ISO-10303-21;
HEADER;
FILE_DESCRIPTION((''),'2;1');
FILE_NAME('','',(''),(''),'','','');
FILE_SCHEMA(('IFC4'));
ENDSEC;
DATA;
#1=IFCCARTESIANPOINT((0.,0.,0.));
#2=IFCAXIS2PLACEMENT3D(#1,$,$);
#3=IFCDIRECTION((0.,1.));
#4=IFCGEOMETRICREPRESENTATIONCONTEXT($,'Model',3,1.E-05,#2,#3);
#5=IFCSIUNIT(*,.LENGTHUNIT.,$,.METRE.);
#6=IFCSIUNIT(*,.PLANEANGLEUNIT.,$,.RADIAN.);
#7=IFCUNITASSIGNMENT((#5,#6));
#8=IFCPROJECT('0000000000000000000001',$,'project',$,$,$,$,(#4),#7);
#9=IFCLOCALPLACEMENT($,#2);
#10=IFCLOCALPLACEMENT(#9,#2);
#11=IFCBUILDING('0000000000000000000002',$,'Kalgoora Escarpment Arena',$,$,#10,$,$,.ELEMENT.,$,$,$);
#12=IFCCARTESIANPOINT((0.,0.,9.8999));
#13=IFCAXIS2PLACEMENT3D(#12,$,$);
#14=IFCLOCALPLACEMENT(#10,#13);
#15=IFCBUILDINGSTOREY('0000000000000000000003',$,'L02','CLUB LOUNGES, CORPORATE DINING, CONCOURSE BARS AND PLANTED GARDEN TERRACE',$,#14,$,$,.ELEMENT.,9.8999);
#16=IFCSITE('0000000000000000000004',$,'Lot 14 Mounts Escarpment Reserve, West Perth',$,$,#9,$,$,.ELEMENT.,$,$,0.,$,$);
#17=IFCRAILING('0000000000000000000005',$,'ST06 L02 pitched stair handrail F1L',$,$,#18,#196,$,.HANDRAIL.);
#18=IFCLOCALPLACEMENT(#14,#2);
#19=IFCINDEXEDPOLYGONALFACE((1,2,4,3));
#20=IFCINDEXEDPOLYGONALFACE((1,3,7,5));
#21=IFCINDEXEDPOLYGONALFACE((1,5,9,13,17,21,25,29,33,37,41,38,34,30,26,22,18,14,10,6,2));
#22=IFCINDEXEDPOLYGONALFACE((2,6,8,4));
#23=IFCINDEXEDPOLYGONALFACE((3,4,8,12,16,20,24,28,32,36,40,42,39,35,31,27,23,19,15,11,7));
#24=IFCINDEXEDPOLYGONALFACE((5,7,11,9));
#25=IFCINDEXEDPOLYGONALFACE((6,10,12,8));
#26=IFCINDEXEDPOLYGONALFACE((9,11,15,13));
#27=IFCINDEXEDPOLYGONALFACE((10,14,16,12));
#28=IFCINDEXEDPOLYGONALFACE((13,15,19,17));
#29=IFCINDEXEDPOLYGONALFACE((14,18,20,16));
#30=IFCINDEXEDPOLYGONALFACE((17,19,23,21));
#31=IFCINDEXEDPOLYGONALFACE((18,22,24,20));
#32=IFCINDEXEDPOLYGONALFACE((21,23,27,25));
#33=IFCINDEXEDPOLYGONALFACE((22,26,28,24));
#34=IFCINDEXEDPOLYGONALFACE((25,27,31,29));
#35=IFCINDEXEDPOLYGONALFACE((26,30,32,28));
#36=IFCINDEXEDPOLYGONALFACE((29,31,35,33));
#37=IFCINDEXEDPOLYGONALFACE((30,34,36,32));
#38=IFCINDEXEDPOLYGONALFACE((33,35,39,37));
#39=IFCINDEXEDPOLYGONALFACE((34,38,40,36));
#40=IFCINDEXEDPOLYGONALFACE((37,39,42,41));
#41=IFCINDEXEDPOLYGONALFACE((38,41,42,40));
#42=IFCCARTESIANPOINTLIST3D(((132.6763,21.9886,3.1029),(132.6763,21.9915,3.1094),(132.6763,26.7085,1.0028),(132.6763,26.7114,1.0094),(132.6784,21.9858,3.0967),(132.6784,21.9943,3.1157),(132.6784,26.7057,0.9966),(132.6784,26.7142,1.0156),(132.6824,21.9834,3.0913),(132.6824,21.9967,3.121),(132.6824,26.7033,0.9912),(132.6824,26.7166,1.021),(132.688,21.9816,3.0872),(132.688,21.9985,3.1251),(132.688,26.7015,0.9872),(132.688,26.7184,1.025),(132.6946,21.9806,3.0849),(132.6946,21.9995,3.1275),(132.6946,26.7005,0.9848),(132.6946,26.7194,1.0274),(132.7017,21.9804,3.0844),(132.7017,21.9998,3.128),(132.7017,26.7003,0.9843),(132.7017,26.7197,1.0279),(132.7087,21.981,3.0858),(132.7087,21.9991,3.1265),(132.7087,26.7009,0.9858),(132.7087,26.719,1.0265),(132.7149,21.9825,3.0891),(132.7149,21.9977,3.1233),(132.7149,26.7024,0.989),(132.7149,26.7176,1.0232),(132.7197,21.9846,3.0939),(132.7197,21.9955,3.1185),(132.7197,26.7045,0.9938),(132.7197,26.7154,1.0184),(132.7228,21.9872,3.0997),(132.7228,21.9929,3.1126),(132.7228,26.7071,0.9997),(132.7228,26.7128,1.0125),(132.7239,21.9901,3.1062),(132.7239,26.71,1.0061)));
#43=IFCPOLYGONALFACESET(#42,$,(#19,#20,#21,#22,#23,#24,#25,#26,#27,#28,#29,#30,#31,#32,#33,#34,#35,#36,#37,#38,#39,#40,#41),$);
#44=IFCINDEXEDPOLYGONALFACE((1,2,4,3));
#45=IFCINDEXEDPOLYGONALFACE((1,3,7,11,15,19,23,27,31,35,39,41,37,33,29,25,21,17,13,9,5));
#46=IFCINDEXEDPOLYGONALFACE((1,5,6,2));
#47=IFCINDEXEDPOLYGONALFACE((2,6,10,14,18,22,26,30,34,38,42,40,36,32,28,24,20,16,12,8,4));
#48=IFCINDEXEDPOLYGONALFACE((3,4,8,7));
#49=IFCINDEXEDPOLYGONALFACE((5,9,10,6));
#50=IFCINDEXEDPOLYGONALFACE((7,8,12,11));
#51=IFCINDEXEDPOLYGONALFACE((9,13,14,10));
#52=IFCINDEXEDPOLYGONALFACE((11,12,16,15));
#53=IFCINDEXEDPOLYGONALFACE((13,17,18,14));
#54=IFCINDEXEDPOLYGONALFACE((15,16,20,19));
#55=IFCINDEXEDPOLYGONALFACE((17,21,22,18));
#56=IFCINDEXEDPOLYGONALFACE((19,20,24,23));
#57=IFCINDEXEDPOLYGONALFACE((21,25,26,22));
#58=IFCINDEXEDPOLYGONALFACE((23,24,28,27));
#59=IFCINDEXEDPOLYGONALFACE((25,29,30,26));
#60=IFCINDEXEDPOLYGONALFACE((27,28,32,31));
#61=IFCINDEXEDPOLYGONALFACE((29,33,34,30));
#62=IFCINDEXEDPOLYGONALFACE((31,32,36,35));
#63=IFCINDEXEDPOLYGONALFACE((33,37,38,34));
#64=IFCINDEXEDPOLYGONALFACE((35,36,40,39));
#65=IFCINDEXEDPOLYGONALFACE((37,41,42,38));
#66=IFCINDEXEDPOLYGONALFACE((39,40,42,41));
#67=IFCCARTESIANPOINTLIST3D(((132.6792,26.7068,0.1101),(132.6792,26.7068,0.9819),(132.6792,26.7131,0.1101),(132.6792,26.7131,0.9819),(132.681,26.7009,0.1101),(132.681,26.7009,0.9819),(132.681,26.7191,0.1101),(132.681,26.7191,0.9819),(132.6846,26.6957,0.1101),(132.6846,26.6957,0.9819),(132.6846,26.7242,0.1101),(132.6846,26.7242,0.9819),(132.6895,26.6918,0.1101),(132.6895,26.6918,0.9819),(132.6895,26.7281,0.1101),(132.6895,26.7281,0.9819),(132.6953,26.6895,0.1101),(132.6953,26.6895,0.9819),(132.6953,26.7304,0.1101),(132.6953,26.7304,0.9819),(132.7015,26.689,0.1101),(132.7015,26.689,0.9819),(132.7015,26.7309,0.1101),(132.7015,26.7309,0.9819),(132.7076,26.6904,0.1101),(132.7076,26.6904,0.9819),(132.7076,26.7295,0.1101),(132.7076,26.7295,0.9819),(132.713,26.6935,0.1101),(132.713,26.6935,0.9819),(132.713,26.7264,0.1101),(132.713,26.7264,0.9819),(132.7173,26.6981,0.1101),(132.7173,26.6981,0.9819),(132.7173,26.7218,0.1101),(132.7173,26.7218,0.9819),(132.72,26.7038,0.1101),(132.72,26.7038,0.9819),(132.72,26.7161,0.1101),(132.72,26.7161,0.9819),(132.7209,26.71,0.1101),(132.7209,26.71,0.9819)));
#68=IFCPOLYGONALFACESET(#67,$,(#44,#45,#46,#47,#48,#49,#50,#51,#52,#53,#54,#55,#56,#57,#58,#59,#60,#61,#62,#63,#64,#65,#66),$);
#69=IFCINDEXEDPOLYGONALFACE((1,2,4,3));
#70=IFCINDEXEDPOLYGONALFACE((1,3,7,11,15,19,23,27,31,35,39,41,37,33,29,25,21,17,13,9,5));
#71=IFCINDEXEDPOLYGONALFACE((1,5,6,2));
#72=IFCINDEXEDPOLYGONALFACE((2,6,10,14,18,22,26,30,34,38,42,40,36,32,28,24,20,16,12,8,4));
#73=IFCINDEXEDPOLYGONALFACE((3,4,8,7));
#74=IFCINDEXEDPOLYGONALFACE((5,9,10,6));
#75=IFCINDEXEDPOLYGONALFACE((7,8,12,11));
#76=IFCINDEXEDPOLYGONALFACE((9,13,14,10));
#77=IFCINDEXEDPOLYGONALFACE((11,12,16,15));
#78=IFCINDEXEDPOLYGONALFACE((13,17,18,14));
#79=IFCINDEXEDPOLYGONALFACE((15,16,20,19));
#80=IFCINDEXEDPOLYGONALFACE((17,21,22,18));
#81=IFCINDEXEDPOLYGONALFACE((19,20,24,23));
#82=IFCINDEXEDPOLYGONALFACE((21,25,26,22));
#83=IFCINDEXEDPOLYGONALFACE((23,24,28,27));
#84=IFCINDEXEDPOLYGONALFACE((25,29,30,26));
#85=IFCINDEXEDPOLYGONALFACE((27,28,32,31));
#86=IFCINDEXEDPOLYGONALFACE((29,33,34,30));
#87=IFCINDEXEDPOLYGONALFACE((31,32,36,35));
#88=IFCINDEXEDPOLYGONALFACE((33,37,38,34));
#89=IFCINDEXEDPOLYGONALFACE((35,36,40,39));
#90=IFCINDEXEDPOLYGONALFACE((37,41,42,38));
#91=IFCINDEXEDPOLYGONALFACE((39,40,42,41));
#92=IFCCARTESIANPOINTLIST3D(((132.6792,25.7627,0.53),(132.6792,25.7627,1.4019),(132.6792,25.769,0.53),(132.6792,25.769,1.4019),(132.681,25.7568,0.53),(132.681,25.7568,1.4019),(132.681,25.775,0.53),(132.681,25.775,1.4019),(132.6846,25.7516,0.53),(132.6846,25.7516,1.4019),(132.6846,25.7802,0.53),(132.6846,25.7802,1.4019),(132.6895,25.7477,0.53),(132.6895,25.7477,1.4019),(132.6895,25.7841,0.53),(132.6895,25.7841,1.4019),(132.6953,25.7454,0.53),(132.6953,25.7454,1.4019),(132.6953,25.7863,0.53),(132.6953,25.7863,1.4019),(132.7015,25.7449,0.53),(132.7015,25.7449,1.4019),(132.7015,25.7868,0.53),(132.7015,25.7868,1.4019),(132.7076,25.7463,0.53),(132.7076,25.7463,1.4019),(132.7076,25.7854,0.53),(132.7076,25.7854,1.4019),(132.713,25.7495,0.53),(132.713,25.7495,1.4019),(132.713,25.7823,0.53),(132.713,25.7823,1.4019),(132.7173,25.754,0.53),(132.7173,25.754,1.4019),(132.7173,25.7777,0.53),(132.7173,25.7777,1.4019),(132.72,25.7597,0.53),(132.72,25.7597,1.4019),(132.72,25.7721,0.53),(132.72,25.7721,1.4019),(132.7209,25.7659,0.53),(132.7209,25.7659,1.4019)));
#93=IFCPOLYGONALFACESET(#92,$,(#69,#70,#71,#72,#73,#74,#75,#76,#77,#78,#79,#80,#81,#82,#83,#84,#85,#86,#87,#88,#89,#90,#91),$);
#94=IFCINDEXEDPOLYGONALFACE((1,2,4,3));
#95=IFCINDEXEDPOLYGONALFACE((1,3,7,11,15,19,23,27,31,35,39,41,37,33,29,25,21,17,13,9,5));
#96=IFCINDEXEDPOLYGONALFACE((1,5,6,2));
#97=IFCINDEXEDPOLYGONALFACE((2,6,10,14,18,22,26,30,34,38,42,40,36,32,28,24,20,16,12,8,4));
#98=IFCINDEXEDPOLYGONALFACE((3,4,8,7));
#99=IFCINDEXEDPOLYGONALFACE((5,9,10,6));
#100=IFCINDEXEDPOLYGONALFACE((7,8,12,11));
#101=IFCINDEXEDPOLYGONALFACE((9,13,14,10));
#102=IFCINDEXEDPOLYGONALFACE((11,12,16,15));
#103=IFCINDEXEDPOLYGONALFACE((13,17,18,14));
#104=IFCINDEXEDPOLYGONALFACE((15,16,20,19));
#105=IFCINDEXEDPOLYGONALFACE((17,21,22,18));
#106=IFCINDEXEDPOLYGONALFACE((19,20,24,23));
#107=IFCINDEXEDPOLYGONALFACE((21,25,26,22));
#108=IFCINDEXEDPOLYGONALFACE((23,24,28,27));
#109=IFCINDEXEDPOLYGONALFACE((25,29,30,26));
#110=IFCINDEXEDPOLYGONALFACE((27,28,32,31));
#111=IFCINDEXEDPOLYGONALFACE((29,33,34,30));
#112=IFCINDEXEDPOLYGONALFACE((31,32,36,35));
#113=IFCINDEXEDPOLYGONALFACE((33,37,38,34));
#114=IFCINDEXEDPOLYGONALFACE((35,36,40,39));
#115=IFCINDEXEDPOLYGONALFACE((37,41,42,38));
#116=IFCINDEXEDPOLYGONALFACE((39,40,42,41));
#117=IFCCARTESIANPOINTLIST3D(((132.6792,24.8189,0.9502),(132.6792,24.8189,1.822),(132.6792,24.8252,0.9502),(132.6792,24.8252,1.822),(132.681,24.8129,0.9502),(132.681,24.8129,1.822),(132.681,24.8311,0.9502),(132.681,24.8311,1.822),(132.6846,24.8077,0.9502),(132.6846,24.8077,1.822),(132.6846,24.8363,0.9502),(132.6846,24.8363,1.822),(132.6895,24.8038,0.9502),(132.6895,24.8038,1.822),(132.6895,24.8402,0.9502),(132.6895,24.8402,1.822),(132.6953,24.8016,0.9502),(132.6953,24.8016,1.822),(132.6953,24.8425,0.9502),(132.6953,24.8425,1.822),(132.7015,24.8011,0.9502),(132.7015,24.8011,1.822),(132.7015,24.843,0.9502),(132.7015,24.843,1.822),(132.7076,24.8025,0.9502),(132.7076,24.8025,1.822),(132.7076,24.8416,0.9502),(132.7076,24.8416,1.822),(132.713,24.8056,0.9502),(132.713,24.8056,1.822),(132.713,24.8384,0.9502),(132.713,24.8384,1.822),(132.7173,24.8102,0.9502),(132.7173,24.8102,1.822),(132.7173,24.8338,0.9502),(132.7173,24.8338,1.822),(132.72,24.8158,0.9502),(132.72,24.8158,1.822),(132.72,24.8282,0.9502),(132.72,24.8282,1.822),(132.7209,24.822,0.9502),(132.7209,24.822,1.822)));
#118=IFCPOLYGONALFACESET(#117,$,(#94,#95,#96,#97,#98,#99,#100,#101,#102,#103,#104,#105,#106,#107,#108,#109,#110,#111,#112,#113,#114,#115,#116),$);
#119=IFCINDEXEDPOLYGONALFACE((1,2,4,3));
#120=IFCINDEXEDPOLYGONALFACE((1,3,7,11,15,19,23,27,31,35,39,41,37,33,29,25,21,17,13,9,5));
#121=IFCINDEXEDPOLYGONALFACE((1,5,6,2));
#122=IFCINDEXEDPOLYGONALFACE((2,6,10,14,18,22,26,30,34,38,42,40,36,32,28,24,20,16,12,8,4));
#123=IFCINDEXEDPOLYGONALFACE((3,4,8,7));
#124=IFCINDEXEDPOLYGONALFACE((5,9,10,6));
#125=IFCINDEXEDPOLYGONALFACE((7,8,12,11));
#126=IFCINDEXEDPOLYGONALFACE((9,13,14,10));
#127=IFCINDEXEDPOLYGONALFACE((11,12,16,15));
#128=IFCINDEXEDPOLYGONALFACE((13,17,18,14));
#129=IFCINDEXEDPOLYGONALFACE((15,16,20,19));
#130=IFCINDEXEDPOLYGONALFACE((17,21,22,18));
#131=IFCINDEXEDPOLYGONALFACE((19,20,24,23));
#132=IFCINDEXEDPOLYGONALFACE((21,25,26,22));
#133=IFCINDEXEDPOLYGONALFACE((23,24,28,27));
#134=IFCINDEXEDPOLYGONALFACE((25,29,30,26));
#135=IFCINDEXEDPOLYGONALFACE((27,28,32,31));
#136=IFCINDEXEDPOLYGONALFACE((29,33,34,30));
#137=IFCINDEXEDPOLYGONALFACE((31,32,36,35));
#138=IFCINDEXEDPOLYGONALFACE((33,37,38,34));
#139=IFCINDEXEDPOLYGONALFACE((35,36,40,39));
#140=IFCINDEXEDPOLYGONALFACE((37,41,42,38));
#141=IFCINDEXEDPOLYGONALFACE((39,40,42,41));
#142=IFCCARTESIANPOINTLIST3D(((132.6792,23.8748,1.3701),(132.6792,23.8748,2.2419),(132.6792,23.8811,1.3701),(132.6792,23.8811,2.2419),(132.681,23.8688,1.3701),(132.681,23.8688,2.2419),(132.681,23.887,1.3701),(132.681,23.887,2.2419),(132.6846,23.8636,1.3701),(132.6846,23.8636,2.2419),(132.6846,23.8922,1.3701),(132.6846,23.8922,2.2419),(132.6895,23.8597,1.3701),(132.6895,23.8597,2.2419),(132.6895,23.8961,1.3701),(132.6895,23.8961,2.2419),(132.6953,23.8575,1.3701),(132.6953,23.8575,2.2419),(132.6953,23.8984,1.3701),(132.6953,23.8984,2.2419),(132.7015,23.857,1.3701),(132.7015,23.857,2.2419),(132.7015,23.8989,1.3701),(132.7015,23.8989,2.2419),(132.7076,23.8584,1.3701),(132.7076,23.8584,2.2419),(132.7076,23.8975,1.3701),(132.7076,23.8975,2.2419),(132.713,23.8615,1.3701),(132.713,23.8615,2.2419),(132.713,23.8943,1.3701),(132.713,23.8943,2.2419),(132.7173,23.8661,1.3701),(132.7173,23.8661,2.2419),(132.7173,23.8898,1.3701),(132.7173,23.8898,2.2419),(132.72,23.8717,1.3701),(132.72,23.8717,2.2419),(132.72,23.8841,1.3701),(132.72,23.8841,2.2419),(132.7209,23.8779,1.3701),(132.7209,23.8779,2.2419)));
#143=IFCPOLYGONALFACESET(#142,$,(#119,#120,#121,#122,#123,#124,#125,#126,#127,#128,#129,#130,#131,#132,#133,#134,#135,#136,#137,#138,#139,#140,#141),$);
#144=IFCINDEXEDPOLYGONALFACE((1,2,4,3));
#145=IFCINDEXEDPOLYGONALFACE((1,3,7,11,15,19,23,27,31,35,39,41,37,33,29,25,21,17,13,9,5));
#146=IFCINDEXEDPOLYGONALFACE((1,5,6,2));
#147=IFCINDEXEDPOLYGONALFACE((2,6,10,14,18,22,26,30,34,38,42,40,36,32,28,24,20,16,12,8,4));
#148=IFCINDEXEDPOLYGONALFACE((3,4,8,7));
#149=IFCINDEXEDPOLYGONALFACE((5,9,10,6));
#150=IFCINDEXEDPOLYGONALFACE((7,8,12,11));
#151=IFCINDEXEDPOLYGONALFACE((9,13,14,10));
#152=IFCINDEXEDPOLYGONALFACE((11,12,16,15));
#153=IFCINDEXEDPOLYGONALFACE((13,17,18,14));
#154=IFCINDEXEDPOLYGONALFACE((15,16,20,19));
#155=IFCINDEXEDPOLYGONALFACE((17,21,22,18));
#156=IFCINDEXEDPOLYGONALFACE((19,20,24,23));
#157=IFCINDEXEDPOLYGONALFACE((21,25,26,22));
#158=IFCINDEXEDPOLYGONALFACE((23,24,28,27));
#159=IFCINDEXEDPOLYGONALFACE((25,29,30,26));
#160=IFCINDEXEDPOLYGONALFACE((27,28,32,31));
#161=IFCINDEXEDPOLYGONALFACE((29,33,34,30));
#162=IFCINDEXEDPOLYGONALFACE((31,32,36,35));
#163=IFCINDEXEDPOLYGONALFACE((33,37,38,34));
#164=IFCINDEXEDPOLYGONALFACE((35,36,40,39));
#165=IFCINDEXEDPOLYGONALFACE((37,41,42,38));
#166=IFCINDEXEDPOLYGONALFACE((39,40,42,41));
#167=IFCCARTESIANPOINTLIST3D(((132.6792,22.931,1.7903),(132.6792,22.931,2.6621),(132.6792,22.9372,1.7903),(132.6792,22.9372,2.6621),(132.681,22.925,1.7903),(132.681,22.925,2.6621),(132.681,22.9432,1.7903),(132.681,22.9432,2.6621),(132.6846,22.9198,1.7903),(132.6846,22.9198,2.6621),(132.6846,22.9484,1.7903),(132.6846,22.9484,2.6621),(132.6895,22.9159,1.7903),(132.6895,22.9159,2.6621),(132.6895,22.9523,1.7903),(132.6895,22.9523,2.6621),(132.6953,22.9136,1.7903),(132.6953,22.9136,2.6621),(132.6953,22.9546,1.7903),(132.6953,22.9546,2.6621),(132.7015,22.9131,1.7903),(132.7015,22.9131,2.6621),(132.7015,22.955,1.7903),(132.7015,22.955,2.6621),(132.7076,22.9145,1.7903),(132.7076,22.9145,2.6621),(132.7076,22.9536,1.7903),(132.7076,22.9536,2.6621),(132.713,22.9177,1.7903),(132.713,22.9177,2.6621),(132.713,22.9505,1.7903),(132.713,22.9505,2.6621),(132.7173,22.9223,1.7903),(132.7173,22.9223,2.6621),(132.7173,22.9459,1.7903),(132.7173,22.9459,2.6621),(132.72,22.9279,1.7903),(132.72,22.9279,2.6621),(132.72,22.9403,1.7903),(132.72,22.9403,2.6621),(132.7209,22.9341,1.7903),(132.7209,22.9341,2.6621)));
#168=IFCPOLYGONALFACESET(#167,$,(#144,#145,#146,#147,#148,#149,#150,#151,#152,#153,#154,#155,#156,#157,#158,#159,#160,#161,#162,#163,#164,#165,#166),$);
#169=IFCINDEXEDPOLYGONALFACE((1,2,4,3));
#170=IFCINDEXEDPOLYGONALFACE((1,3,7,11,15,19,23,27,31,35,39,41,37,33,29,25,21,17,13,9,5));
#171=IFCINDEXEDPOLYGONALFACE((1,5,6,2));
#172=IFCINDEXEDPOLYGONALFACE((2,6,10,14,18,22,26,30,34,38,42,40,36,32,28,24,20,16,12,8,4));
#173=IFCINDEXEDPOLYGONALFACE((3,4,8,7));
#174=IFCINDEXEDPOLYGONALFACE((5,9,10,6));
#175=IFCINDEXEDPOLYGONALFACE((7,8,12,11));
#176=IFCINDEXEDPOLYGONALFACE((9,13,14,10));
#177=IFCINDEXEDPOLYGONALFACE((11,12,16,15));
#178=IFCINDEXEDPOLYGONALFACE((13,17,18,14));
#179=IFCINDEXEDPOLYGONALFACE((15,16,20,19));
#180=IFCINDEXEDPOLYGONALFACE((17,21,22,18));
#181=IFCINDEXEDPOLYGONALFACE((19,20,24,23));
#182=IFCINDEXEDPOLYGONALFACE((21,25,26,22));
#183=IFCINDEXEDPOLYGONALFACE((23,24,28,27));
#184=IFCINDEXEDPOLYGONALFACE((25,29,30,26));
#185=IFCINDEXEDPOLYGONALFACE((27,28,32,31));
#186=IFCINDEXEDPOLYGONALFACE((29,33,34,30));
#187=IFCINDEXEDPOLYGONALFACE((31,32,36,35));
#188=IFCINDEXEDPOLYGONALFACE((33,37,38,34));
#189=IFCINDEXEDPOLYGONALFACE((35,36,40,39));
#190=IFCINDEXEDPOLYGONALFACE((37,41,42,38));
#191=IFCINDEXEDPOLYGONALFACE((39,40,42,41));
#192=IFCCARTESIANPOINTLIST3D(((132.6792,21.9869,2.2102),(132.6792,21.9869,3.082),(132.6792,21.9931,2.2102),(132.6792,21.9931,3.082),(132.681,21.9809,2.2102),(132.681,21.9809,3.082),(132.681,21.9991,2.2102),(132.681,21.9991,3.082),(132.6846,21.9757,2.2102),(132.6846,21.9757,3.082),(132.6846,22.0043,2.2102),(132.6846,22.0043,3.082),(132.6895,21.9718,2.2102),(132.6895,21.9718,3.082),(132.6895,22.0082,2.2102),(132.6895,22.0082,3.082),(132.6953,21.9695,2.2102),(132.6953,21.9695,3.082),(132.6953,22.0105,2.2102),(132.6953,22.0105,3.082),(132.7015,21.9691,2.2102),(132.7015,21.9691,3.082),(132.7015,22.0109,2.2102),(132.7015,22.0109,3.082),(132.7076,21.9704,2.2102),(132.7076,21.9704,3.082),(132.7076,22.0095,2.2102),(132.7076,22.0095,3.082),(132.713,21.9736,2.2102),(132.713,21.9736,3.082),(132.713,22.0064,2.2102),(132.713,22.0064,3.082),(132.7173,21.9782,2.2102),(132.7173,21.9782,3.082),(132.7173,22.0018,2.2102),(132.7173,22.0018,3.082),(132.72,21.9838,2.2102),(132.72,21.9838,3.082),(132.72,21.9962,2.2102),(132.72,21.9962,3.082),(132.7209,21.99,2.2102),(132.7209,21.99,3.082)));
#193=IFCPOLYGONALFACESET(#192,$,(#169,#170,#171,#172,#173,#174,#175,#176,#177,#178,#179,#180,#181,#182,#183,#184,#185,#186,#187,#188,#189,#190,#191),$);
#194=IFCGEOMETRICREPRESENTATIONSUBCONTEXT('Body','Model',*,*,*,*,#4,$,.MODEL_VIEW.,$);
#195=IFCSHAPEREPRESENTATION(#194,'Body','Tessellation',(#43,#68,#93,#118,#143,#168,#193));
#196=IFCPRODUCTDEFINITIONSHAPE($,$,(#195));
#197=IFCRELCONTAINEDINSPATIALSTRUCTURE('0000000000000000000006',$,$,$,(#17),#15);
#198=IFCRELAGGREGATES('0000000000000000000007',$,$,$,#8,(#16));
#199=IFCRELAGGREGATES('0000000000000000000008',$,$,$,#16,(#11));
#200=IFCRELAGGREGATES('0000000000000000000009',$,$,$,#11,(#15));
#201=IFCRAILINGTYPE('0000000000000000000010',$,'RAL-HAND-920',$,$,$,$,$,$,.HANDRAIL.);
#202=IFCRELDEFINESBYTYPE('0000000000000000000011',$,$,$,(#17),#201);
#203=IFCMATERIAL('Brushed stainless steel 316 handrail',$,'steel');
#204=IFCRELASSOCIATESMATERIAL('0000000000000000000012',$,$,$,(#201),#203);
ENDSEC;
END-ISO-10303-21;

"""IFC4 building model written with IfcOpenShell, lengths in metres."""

from ifc_helpers import new_model, si_unit, direction, frame, origin, origin_2d, place, context, subcontext, project, spatial, circle, extrude, material, type_object, element, save


model = new_model("IFC4")

# Units and contexts
model_context = context("Model", 3, precision=1e-05, world=origin(), true_north=direction((0.0, 1.0)))
body_context = subcontext(model_context, "Body", "Model", "MODEL_VIEW")
ifc_project = project(units=[si_unit("LENGTHUNIT", "METRE"), si_unit("PLANEANGLEUNIT", "RADIAN")], contexts=[model_context])

# Site, building, storey
site_placement = place(None, origin())
site = spatial("IfcSite", under=ifc_project, at=site_placement, Name="Lot 14 Mounts Escarpment Reserve, West Perth", CompositionType="ELEMENT", RefElevation=0.0)
building_placement = place(site_placement, origin())
building = spatial("IfcBuilding", under=site, at=building_placement, Name="Kalgoora Escarpment Arena", CompositionType="ELEMENT")
storey_placement = place(building_placement, frame((0.0, 0.0, 9.8999)))
storey = spatial("IfcBuildingStorey", under=building, at=storey_placement, Name="L02", Description="CLUB LOUNGES, CORPORATE DINING, CONCOURSE BARS AND PLANTED GARDEN TERRACE", CompositionType="ELEMENT", Elevation=9.8999)

# Railing
ifc_material_1 = material(Name="Brushed stainless steel 316 handrail", Category="steel")
railing_type_1 = type_object("IfcRailingType", Name="RAL-HAND-920", PredefinedType="HANDRAIL", material=ifc_material_1)
for number, where, name in (
    (1, (132.7, 26.71, 0.1101), "ST06 L02 pitched stair handrail F1L"),
):
    element("IfcRailing", number, at=place(storey_placement, frame(where)), inside=storey, type_object=railing_type_1, Name=name, PredefinedType="HANDRAIL", context=body_context, shape_type="SweptSolid", body=[
        extrude(circle(Radius=0.0239, at=origin_2d()), frame((0.0, 0.0, 0.896), z_axis=(0.0, -0.913644, 0.406516), x_axis=(1.0, 0.0, 0.0)), (0.0, 0.0, 1.0), 5.166),
        extrude(circle(Radius=0.021, at=origin_2d()), origin(), (0.0, 0.0, 1.0), 0.8718),
        extrude(circle(Radius=0.021, at=origin_2d()), frame((0.0, -0.9441, 0.4199)), (0.0, 0.0, 1.0), 0.8718),
        extrude(circle(Radius=0.021, at=origin_2d()), frame((0.0, -1.8879, 0.8401)), (0.0, 0.0, 1.0), 0.8718),
        extrude(circle(Radius=0.021, at=origin_2d()), frame((0.0, -2.832, 1.26)), (0.0, 0.0, 1.0), 0.8718),
        extrude(circle(Radius=0.021, at=origin_2d()), frame((0.0, -3.7759, 1.6802)), (0.0, 0.0, 1.0), 0.8718),
        extrude(circle(Radius=0.021, at=origin_2d()), frame((0.0, -4.72, 2.1001)), (0.0, 0.0, 1.0), 0.8718),
    ])

save(model, "model.ifc")
